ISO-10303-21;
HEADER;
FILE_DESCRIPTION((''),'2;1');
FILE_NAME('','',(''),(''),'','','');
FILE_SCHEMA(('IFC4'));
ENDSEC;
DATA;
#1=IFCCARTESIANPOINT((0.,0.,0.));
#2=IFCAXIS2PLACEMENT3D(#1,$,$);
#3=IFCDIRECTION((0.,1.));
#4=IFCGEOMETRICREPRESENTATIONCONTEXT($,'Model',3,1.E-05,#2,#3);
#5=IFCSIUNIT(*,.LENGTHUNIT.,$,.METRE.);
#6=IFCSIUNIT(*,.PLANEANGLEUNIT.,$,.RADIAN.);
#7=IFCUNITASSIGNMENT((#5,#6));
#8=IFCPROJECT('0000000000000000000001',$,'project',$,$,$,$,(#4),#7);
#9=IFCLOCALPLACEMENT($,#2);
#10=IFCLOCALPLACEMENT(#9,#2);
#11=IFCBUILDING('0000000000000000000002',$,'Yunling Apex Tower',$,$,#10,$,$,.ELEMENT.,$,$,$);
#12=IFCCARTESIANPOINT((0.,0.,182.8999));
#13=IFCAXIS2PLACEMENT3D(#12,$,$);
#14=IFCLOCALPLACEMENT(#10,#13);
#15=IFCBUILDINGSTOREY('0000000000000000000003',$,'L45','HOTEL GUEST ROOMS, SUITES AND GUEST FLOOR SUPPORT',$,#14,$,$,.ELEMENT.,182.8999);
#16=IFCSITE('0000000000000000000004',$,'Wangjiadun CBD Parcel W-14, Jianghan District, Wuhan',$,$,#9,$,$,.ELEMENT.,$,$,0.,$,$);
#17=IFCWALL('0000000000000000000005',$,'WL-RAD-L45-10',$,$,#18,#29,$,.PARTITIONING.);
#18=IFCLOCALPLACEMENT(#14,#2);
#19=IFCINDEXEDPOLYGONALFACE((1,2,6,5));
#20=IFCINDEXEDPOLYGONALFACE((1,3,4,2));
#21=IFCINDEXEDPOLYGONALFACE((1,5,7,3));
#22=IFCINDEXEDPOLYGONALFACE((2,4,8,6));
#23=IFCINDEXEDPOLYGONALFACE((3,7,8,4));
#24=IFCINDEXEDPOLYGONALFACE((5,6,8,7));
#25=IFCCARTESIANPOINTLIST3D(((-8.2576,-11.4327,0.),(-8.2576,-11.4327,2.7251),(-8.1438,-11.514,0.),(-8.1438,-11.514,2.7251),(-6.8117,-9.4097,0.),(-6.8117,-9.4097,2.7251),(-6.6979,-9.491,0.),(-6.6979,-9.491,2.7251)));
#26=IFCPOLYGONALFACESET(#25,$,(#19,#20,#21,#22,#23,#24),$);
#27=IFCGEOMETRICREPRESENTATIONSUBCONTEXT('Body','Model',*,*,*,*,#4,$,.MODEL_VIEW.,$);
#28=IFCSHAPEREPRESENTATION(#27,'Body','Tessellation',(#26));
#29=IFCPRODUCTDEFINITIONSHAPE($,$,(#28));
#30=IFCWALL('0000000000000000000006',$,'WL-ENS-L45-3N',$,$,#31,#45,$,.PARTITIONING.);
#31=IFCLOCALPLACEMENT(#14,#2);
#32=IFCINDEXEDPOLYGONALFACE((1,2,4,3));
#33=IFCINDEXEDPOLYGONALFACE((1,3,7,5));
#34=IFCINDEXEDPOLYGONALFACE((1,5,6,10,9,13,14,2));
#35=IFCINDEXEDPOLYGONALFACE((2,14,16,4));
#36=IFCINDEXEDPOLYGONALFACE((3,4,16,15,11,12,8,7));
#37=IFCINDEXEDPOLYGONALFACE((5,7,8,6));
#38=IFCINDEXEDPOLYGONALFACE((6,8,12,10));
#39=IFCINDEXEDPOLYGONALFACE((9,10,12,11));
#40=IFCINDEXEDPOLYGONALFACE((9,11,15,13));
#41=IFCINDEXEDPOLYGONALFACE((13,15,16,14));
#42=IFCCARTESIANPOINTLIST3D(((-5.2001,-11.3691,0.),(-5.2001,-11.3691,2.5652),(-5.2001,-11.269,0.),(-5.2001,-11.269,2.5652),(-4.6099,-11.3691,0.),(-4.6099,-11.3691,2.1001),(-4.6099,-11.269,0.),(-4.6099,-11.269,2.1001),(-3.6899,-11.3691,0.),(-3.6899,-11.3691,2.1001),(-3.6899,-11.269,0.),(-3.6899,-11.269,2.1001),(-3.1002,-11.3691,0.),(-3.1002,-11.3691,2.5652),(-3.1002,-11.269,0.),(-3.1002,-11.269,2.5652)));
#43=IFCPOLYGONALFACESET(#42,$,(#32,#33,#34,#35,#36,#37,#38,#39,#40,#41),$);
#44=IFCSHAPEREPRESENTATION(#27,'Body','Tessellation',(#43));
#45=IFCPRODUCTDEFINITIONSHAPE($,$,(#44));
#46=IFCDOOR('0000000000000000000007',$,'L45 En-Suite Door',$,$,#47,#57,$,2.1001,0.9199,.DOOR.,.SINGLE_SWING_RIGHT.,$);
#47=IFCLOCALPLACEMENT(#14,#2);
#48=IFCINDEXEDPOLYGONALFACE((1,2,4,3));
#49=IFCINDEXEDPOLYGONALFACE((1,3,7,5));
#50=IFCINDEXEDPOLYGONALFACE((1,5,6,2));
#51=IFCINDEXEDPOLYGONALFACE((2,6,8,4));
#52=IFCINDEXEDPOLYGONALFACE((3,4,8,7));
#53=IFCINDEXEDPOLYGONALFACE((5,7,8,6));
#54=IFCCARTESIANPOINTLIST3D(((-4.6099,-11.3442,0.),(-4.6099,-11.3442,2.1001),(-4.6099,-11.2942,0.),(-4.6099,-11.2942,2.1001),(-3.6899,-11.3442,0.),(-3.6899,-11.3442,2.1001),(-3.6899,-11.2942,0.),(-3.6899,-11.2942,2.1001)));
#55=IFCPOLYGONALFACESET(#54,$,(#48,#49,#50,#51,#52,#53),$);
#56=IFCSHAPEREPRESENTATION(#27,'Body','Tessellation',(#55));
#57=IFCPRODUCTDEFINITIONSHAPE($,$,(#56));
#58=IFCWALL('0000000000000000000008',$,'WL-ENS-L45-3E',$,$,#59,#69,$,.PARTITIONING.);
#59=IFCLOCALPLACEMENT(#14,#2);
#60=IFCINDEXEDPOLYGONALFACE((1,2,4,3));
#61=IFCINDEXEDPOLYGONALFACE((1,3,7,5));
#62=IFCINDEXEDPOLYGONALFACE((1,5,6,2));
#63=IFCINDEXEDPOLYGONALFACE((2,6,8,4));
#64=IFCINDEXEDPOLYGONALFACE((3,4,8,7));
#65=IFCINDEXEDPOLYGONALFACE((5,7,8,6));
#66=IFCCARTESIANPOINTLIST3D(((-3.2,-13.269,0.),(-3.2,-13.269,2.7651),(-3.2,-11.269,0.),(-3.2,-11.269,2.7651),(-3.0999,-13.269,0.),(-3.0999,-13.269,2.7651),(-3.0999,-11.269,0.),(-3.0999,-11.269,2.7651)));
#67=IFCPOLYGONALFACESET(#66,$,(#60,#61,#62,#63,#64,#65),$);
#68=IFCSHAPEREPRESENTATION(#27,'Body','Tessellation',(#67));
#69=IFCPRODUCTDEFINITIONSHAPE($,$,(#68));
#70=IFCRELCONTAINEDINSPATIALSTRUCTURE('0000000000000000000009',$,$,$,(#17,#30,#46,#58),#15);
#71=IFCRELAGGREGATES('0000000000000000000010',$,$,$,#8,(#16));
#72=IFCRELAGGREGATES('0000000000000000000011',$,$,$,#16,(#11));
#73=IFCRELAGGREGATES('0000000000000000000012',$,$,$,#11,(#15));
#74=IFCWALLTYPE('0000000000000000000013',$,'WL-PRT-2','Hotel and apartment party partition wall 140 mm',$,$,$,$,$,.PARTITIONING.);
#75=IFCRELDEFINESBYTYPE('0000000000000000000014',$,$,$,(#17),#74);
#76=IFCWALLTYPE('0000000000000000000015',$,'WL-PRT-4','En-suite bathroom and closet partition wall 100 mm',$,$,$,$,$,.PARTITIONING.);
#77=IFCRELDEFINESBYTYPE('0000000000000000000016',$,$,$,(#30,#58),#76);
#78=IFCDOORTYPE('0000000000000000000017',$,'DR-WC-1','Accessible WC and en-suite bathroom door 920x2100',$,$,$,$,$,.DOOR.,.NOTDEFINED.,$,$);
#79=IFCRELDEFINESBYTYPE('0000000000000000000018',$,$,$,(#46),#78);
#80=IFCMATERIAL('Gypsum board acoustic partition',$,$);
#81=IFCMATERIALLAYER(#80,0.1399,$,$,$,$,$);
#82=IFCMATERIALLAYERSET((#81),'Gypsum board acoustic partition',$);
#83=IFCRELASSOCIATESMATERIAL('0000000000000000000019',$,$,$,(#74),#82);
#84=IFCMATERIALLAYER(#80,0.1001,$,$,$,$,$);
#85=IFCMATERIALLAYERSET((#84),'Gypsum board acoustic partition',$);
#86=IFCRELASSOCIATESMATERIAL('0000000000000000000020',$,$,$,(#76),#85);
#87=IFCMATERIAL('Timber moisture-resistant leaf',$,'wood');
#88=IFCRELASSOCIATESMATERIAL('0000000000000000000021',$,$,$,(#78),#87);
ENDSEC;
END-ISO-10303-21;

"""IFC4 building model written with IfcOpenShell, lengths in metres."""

from ifc_helpers import new_model, si_unit, direction, frame, frame_2d, origin, place, context, subcontext, project, spatial, rectangle, extrude, material, layer, layer_set, type_object, element, fill, save


model = new_model("IFC4")

# Units and contexts
model_context = context("Model", 3, precision=1e-05, world=origin(), true_north=direction((0.0, 1.0)))
body_context = subcontext(model_context, "Body", "Model", "MODEL_VIEW")
ifc_project = project(units=[si_unit("LENGTHUNIT", "METRE"), si_unit("PLANEANGLEUNIT", "RADIAN")], contexts=[model_context])

# Site, building, storey
site_placement = place(None, origin())
site = spatial("IfcSite", under=ifc_project, at=site_placement, Name="Wangjiadun CBD Parcel W-14, Jianghan District, Wuhan", CompositionType="ELEMENT", RefElevation=0.0)
building_placement = place(site_placement, origin())
building = spatial("IfcBuilding", under=site, at=building_placement, Name="Yunling Apex Tower", CompositionType="ELEMENT")
storey_placement = place(building_placement, frame((0.0, 0.0, 182.8999)))
storey = spatial("IfcBuildingStorey", under=building, at=storey_placement, Name="L45", Description="HOTEL GUEST ROOMS, SUITES AND GUEST FLOOR SUPPORT", CompositionType="ELEMENT", Elevation=182.8999)

# Shared definitions
ifc_material_1 = material(Name="Gypsum board acoustic partition")

# Wall
ifc_layer_1 = layer(ifc_material_1, 0.1399)
ifc_layer_set_1 = layer_set([ifc_layer_1], Name="Gypsum board acoustic partition")
wall_type_1 = type_object("IfcWallType", Name="WL-PRT-2", Description="Hotel and apartment party partition wall 140 mm", PredefinedType="PARTITIONING", material=ifc_layer_set_1)
wall_1_placement = place(storey_placement, frame((-6.7549, -9.4504, 0.0), z_axis=(0.0, 0.0, 1.0), x_axis=(-0.581461, -0.813574, 0.0)))
element("IfcWall", 1, at=wall_1_placement, inside=storey, type_object=wall_type_1, Name="WL-RAD-L45-10", PredefinedType="PARTITIONING", context=body_context, shape_type="SweptSolid", body=[
    extrude(rectangle(XDim=2.4866, YDim=0.1399, at=frame_2d((1.2432, 0.0))), origin(), (0.0, 0.0, 1.0), 2.7251),
])

# Wall, opening, door
ifc_layer_2 = layer(ifc_material_1, 0.1001)
ifc_layer_set_2 = layer_set([ifc_layer_2], Name="Gypsum board acoustic partition")
wall_type_2 = type_object("IfcWallType", Name="WL-PRT-4", Description="En-suite bathroom and closet partition wall 100 mm", PredefinedType="PARTITIONING", material=ifc_layer_set_2)
wall_2_placement = place(storey_placement, frame((-5.2, -11.3191, 0.0), z_axis=(0.0, 0.0, 1.0), x_axis=(1.0, 0.0, 0.0)))
wall_2 = element("IfcWall", 2, at=wall_2_placement, inside=storey, type_object=wall_type_2, Name="WL-ENS-L45-3N", PredefinedType="PARTITIONING", context=body_context, shape_type="SweptSolid", body=[
    extrude(rectangle(XDim=2.0999, YDim=0.1001, at=frame_2d((1.0498, 0.0))), origin(), (0.0, 0.0, 1.0), 2.5652),
])
opening_1_placement = place(wall_2_placement, frame((0.5901, 0.0, 0.0)))
opening_1 = element("IfcOpeningElement", 3, at=opening_1_placement, cuts=wall_2, PredefinedType="OPENING", context=body_context, shape_type="SweptSolid", body=[
    extrude(rectangle(XDim=0.9199, YDim=2.1001, at=frame_2d((0.46, 1.05))), frame((0.0, 0.0601, 0.0), z_axis=(0.0, -1.0, 0.0), x_axis=(1.0, 0.0, 0.0)), (0.0, 0.0, 1.0), 0.1201),
])
ifc_material_2 = material(Name="Timber moisture-resistant leaf", Category="wood")
door_type_1 = type_object("IfcDoorType", Name="DR-WC-1", Description="Accessible WC and en-suite bathroom door 920x2100", OperationType="NOTDEFINED", PredefinedType="DOOR", material=ifc_material_2)
door_1_placement = place(opening_1_placement, origin())
door_1 = element("IfcDoor", 4, at=door_1_placement, inside=storey, type_object=door_type_1, Name="L45 En-Suite Door", OperationType="SINGLE_SWING_RIGHT", OverallHeight=2.1001, OverallWidth=0.9199, PredefinedType="DOOR", context=body_context, shape_type="SweptSolid", body=[
    extrude(rectangle(XDim=0.9199, YDim=2.1001, at=frame_2d((0.46, 1.05))), frame((0.0, 0.0249, 0.0), z_axis=(0.0, -1.0, 0.0), x_axis=(1.0, 0.0, 0.0)), (0.0, 0.0, 1.0), 0.05),
])
fill(opening_1, door_1)

# Wall
wall_3_placement = place(storey_placement, frame((-3.1499, -11.269, 0.0), z_axis=(0.0, 0.0, 1.0), x_axis=(0.0, -1.0, 0.0)))
element("IfcWall", 5, at=wall_3_placement, inside=storey, type_object=wall_type_2, Name="WL-ENS-L45-3E", PredefinedType="PARTITIONING", context=body_context, shape_type="SweptSolid", body=[
    extrude(rectangle(XDim=2.0, YDim=0.1001, at=frame_2d((1.0, 0.0))), origin(), (0.0, 0.0, 1.0), 2.7651),
])

save(model, "model.ifc")
